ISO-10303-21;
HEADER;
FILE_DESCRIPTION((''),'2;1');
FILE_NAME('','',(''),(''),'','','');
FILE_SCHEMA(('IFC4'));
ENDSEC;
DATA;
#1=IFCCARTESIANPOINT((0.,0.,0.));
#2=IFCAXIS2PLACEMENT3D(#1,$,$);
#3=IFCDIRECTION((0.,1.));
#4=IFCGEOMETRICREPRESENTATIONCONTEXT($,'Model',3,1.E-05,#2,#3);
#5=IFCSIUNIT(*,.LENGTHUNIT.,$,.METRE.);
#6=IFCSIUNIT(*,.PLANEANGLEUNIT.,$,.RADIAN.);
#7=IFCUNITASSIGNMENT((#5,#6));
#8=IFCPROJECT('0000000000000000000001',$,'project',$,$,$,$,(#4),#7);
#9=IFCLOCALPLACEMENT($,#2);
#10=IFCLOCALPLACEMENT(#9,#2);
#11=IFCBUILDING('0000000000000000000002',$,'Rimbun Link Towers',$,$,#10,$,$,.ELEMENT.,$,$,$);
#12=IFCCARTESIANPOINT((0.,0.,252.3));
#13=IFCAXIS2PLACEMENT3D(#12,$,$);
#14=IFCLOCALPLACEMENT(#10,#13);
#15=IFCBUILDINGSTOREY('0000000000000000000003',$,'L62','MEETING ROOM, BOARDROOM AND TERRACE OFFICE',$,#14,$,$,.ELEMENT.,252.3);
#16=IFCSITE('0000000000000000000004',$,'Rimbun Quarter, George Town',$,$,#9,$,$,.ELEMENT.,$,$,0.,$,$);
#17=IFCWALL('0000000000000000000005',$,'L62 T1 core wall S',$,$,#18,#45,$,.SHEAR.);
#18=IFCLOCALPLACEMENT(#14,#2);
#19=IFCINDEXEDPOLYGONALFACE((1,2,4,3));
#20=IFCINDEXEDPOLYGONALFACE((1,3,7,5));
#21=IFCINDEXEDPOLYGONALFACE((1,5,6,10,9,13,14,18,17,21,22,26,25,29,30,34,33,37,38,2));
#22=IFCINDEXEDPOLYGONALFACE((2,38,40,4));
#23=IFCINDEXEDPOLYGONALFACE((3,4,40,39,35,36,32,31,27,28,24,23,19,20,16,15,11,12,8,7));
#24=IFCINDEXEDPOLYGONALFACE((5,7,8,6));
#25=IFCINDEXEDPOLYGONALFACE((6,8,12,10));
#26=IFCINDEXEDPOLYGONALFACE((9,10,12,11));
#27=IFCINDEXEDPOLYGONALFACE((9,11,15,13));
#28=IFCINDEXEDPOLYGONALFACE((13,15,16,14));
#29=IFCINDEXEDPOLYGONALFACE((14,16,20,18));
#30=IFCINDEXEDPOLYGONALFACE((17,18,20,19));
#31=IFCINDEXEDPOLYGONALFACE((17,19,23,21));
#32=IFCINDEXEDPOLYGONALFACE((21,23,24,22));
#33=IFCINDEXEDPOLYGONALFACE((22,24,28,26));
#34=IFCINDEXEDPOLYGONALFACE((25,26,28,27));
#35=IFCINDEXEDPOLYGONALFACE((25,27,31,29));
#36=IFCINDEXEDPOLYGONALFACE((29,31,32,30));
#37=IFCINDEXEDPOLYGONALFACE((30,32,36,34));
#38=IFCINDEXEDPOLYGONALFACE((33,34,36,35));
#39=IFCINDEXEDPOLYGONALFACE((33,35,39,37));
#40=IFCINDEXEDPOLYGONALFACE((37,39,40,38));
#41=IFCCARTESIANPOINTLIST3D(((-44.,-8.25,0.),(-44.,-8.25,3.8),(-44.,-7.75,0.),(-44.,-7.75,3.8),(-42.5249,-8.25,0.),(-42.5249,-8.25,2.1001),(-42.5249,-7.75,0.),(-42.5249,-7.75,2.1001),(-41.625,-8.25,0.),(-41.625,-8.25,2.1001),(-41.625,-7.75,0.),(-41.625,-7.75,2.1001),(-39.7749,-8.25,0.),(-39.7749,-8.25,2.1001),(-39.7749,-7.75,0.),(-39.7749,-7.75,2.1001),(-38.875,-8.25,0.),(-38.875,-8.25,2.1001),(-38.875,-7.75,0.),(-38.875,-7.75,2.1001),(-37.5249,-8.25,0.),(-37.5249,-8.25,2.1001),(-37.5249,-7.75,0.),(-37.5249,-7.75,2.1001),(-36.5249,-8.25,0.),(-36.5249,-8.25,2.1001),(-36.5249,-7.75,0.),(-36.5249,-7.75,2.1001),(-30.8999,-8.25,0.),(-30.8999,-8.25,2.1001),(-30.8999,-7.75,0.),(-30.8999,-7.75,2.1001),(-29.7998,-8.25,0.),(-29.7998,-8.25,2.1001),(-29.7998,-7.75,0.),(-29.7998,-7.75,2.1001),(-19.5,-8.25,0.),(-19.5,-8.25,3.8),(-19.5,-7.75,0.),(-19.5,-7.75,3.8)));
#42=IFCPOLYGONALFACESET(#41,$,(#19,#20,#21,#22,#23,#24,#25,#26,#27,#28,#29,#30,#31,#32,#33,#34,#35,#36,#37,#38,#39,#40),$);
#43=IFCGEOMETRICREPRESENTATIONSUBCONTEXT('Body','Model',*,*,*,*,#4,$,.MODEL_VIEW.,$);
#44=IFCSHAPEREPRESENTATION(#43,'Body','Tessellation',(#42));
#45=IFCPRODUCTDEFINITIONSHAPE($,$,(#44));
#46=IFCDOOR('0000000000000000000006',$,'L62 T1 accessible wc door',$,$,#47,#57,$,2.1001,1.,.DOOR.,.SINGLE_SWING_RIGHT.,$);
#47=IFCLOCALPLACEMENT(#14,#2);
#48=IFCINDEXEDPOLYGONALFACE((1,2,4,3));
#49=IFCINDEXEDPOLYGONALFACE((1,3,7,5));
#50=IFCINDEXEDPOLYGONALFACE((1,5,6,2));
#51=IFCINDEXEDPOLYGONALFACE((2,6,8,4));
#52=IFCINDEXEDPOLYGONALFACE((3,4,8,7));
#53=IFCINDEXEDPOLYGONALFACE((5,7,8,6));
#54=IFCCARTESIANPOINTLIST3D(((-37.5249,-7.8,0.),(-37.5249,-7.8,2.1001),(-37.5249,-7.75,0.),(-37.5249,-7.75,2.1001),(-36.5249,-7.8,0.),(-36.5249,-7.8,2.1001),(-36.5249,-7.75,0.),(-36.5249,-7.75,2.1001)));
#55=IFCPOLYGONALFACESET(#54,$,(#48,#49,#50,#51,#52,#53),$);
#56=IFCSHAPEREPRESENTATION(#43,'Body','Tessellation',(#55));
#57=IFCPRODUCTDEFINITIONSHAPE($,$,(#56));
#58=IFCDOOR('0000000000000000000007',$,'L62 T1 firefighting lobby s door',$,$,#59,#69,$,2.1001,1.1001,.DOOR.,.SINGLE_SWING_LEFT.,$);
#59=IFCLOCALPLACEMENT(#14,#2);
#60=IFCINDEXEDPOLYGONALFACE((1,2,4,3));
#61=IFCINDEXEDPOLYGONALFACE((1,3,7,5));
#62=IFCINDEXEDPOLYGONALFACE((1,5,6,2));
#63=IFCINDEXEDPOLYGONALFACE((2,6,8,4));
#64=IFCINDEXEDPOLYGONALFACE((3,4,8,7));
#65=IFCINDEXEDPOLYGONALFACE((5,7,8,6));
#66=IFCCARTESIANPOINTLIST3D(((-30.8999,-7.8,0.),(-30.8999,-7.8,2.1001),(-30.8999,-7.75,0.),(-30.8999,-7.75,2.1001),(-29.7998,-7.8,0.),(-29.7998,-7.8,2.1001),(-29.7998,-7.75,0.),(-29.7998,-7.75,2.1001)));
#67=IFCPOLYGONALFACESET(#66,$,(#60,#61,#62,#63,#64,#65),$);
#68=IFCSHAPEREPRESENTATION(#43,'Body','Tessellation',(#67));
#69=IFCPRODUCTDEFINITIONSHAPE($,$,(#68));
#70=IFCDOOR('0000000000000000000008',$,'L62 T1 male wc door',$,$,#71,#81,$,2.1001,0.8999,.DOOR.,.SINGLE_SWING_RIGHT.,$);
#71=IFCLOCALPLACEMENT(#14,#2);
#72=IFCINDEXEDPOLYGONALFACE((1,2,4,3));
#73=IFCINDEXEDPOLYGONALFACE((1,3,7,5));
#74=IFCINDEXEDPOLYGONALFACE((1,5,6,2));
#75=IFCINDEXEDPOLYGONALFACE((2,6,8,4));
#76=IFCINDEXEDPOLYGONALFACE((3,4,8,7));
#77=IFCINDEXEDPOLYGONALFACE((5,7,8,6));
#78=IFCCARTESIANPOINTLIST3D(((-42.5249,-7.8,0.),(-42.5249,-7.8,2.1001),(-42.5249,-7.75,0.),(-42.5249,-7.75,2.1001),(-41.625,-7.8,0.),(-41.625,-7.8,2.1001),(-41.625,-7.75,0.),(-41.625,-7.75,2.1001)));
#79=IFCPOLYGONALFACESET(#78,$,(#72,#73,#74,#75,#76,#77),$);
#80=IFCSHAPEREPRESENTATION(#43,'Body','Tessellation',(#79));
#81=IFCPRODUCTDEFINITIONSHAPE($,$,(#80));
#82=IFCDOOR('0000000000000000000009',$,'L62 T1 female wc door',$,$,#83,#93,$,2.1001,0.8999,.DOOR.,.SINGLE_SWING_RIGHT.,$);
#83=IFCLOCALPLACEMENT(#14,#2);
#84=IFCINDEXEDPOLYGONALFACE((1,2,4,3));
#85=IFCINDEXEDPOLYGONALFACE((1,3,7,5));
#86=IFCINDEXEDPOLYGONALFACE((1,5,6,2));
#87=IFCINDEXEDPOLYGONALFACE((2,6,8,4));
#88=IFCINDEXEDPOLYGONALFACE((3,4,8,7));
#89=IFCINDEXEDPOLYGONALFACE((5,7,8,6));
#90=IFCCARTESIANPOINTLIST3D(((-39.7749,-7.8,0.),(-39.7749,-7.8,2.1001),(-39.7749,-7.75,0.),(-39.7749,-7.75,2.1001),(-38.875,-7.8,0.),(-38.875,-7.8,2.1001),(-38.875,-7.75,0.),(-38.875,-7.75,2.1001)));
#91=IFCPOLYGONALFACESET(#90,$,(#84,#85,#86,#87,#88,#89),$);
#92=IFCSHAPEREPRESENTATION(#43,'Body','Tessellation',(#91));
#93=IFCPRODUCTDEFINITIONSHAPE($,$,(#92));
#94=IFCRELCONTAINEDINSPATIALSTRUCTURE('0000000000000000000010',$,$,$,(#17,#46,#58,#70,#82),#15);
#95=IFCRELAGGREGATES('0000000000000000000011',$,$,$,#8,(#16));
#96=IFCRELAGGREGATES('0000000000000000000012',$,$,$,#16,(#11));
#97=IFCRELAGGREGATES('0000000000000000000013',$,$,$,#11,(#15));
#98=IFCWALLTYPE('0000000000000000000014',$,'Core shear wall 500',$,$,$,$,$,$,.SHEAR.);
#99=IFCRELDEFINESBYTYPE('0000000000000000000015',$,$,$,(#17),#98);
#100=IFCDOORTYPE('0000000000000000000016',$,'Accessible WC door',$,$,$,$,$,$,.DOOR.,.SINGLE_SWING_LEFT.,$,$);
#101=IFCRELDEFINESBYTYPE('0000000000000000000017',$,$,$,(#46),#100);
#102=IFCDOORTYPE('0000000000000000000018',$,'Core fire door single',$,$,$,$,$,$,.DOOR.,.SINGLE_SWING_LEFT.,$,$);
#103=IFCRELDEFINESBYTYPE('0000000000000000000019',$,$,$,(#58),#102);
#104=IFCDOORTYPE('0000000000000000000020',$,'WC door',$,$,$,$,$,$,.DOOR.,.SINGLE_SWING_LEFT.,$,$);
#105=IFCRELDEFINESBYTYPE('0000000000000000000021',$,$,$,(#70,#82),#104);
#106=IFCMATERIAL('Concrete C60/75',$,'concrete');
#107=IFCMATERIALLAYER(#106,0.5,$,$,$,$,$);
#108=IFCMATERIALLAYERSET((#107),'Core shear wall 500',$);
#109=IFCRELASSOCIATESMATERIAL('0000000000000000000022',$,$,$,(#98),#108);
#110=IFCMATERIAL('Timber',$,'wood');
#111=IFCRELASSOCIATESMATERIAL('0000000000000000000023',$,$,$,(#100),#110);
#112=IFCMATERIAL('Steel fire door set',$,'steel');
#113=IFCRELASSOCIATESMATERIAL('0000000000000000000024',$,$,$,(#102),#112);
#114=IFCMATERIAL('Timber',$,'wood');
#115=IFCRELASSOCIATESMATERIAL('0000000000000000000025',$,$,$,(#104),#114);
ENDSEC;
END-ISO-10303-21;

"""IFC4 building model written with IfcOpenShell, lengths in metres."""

from ifc_helpers import new_model, si_unit, direction, frame, frame_2d, origin, place, context, subcontext, project, spatial, rectangle, extrude, material, layer, layer_set, type_object, element, fill, save


model = new_model("IFC4")

# Units and contexts
model_context = context("Model", 3, precision=1e-05, world=origin(), true_north=direction((0.0, 1.0)))
body_context = subcontext(model_context, "Body", "Model", "MODEL_VIEW")
ifc_project = project(units=[si_unit("LENGTHUNIT", "METRE"), si_unit("PLANEANGLEUNIT", "RADIAN")], contexts=[model_context])

# Site, building, storey
site_placement = place(None, origin())
site = spatial("IfcSite", under=ifc_project, at=site_placement, Name="Rimbun Quarter, George Town", CompositionType="ELEMENT", RefElevation=0.0)
building_placement = place(site_placement, origin())
building = spatial("IfcBuilding", under=site, at=building_placement, Name="Rimbun Link Towers", CompositionType="ELEMENT")
storey_placement = place(building_placement, frame((0.0, 0.0, 252.3)))
storey = spatial("IfcBuildingStorey", under=building, at=storey_placement, Name="L62", Description="MEETING ROOM, BOARDROOM AND TERRACE OFFICE", CompositionType="ELEMENT", Elevation=252.3)

# Wall, openings, doors
ifc_material_1 = material(Name="Concrete C60/75", Category="concrete")
ifc_layer_1 = layer(ifc_material_1, 0.5)
ifc_layer_set_1 = layer_set([ifc_layer_1], Name="Core shear wall 500")
wall_type_1 = type_object("IfcWallType", Name="Core shear wall 500", PredefinedType="SHEAR", material=ifc_layer_set_1)
wall_1_placement = place(storey_placement, frame((-44.0, -8.0, 0.0), z_axis=(0.0, 0.0, 1.0), x_axis=(1.0, 0.0, 0.0)))
wall_1 = element("IfcWall", 1, at=wall_1_placement, inside=storey, type_object=wall_type_1, Name="L62 T1 core wall S", PredefinedType="SHEAR", context=body_context, shape_type="SweptSolid", body=[
    extrude(rectangle(XDim=24.5, YDim=0.5, at=frame_2d((12.25, 0.0))), origin(), (0.0, 0.0, 1.0), 3.8),
])
opening_1_placement = place(wall_1_placement, frame((13.1001, 0.0, 0.0)))
opening_1 = element("IfcOpeningElement", 2, at=opening_1_placement, cuts=wall_1, PredefinedType="OPENING", context=body_context, shape_type="SweptSolid", body=[
    extrude(rectangle(XDim=1.1001, YDim=2.1001, at=frame_2d((0.55, 1.05))), frame((0.0, 0.26, 0.0), z_axis=(0.0, -1.0, 0.0), x_axis=(1.0, 0.0, 0.0)), (0.0, 0.0, 1.0), 0.52),
])
opening_2_placement = place(wall_1_placement, frame((1.4751, 0.0, 0.0)))
opening_2 = element("IfcOpeningElement", 3, at=opening_2_placement, cuts=wall_1, PredefinedType="OPENING", context=body_context, shape_type="SweptSolid", body=[
    extrude(rectangle(XDim=0.8999, YDim=2.1001, at=frame_2d((0.45, 1.05))), frame((0.0, 0.26, 0.0), z_axis=(0.0, -1.0, 0.0), x_axis=(1.0, 0.0, 0.0)), (0.0, 0.0, 1.0), 0.52),
])
opening_3_placement = place(wall_1_placement, frame((4.2251, 0.0, 0.0)))
opening_3 = element("IfcOpeningElement", 4, at=opening_3_placement, cuts=wall_1, PredefinedType="OPENING", context=body_context, shape_type="SweptSolid", body=[
    extrude(rectangle(XDim=0.8999, YDim=2.1001, at=frame_2d((0.45, 1.05))), frame((0.0, 0.26, 0.0), z_axis=(0.0, -1.0, 0.0), x_axis=(1.0, 0.0, 0.0)), (0.0, 0.0, 1.0), 0.52),
])
opening_4_placement = place(wall_1_placement, frame((6.4751, 0.0, 0.0)))
opening_4 = element("IfcOpeningElement", 5, at=opening_4_placement, cuts=wall_1, PredefinedType="OPENING", context=body_context, shape_type="SweptSolid", body=[
    extrude(rectangle(XDim=1.0, YDim=2.1001, at=frame_2d((0.5, 1.05))), frame((0.0, 0.26, 0.0), z_axis=(0.0, -1.0, 0.0), x_axis=(1.0, 0.0, 0.0)), (0.0, 0.0, 1.0), 0.52),
])
ifc_material_2 = material(Name="Timber", Category="wood")
door_type_1 = type_object("IfcDoorType", Name="Accessible WC door", OperationType="SINGLE_SWING_LEFT", PredefinedType="DOOR", material=ifc_material_2)
door_1_placement = place(opening_4_placement, origin())
door_1 = element("IfcDoor", 6, at=door_1_placement, inside=storey, type_object=door_type_1, Name="L62 T1 accessible wc door", OperationType="SINGLE_SWING_RIGHT", OverallHeight=2.1001, OverallWidth=1.0, PredefinedType="DOOR", context=body_context, shape_type="SweptSolid", body=[
    extrude(rectangle(XDim=1.0, YDim=2.1001, at=frame_2d((0.5, 1.05))), frame((0.0, 0.25, 0.0), z_axis=(0.0, -1.0, 0.0), x_axis=(1.0, 0.0, 0.0)), (0.0, 0.0, 1.0), 0.05),
])
fill(opening_4, door_1)
ifc_material_3 = material(Name="Steel fire door set", Category="steel")
door_type_2 = type_object("IfcDoorType", Name="Core fire door single", OperationType="SINGLE_SWING_LEFT", PredefinedType="DOOR", material=ifc_material_3)
door_2_placement = place(opening_1_placement, origin())
door_2 = element("IfcDoor", 7, at=door_2_placement, inside=storey, type_object=door_type_2, Name="L62 T1 firefighting lobby s door", OperationType="SINGLE_SWING_LEFT", OverallHeight=2.1001, OverallWidth=1.1001, PredefinedType="DOOR", context=body_context, shape_type="SweptSolid", body=[
    extrude(rectangle(XDim=1.1001, YDim=2.1001, at=frame_2d((0.55, 1.05))), frame((0.0, 0.25, 0.0), z_axis=(0.0, -1.0, 0.0), x_axis=(1.0, 0.0, 0.0)), (0.0, 0.0, 1.0), 0.05),
])
fill(opening_1, door_2)
ifc_material_4 = material(Name="Timber", Category="wood")
door_type_3 = type_object("IfcDoorType", Name="WC door", OperationType="SINGLE_SWING_LEFT", PredefinedType="DOOR", material=ifc_material_4)
door_3_placement = place(opening_2_placement, origin())
door_3 = element("IfcDoor", 8, at=door_3_placement, inside=storey, type_object=door_type_3, Name="L62 T1 male wc door", OperationType="SINGLE_SWING_RIGHT", OverallHeight=2.1001, OverallWidth=0.8999, PredefinedType="DOOR", context=body_context, shape_type="SweptSolid", body=[
    extrude(rectangle(XDim=0.8999, YDim=2.1001, at=frame_2d((0.45, 1.05))), frame((0.0, 0.25, 0.0), z_axis=(0.0, -1.0, 0.0), x_axis=(1.0, 0.0, 0.0)), (0.0, 0.0, 1.0), 0.05),
])
fill(opening_2, door_3)
door_4_placement = place(opening_3_placement, origin())
door_4 = element("IfcDoor", 9, at=door_4_placement, inside=storey, type_object=door_type_3, Name="L62 T1 female wc door", OperationType="SINGLE_SWING_RIGHT", OverallHeight=2.1001, OverallWidth=0.8999, PredefinedType="DOOR", context=body_context, shape_type="SweptSolid", body=[
    extrude(rectangle(XDim=0.8999, YDim=2.1001, at=frame_2d((0.45, 1.05))), frame((0.0, 0.25, 0.0), z_axis=(0.0, -1.0, 0.0), x_axis=(1.0, 0.0, 0.0)), (0.0, 0.0, 1.0), 0.05),
])
fill(opening_3, door_4)

save(model, "model.ifc")
